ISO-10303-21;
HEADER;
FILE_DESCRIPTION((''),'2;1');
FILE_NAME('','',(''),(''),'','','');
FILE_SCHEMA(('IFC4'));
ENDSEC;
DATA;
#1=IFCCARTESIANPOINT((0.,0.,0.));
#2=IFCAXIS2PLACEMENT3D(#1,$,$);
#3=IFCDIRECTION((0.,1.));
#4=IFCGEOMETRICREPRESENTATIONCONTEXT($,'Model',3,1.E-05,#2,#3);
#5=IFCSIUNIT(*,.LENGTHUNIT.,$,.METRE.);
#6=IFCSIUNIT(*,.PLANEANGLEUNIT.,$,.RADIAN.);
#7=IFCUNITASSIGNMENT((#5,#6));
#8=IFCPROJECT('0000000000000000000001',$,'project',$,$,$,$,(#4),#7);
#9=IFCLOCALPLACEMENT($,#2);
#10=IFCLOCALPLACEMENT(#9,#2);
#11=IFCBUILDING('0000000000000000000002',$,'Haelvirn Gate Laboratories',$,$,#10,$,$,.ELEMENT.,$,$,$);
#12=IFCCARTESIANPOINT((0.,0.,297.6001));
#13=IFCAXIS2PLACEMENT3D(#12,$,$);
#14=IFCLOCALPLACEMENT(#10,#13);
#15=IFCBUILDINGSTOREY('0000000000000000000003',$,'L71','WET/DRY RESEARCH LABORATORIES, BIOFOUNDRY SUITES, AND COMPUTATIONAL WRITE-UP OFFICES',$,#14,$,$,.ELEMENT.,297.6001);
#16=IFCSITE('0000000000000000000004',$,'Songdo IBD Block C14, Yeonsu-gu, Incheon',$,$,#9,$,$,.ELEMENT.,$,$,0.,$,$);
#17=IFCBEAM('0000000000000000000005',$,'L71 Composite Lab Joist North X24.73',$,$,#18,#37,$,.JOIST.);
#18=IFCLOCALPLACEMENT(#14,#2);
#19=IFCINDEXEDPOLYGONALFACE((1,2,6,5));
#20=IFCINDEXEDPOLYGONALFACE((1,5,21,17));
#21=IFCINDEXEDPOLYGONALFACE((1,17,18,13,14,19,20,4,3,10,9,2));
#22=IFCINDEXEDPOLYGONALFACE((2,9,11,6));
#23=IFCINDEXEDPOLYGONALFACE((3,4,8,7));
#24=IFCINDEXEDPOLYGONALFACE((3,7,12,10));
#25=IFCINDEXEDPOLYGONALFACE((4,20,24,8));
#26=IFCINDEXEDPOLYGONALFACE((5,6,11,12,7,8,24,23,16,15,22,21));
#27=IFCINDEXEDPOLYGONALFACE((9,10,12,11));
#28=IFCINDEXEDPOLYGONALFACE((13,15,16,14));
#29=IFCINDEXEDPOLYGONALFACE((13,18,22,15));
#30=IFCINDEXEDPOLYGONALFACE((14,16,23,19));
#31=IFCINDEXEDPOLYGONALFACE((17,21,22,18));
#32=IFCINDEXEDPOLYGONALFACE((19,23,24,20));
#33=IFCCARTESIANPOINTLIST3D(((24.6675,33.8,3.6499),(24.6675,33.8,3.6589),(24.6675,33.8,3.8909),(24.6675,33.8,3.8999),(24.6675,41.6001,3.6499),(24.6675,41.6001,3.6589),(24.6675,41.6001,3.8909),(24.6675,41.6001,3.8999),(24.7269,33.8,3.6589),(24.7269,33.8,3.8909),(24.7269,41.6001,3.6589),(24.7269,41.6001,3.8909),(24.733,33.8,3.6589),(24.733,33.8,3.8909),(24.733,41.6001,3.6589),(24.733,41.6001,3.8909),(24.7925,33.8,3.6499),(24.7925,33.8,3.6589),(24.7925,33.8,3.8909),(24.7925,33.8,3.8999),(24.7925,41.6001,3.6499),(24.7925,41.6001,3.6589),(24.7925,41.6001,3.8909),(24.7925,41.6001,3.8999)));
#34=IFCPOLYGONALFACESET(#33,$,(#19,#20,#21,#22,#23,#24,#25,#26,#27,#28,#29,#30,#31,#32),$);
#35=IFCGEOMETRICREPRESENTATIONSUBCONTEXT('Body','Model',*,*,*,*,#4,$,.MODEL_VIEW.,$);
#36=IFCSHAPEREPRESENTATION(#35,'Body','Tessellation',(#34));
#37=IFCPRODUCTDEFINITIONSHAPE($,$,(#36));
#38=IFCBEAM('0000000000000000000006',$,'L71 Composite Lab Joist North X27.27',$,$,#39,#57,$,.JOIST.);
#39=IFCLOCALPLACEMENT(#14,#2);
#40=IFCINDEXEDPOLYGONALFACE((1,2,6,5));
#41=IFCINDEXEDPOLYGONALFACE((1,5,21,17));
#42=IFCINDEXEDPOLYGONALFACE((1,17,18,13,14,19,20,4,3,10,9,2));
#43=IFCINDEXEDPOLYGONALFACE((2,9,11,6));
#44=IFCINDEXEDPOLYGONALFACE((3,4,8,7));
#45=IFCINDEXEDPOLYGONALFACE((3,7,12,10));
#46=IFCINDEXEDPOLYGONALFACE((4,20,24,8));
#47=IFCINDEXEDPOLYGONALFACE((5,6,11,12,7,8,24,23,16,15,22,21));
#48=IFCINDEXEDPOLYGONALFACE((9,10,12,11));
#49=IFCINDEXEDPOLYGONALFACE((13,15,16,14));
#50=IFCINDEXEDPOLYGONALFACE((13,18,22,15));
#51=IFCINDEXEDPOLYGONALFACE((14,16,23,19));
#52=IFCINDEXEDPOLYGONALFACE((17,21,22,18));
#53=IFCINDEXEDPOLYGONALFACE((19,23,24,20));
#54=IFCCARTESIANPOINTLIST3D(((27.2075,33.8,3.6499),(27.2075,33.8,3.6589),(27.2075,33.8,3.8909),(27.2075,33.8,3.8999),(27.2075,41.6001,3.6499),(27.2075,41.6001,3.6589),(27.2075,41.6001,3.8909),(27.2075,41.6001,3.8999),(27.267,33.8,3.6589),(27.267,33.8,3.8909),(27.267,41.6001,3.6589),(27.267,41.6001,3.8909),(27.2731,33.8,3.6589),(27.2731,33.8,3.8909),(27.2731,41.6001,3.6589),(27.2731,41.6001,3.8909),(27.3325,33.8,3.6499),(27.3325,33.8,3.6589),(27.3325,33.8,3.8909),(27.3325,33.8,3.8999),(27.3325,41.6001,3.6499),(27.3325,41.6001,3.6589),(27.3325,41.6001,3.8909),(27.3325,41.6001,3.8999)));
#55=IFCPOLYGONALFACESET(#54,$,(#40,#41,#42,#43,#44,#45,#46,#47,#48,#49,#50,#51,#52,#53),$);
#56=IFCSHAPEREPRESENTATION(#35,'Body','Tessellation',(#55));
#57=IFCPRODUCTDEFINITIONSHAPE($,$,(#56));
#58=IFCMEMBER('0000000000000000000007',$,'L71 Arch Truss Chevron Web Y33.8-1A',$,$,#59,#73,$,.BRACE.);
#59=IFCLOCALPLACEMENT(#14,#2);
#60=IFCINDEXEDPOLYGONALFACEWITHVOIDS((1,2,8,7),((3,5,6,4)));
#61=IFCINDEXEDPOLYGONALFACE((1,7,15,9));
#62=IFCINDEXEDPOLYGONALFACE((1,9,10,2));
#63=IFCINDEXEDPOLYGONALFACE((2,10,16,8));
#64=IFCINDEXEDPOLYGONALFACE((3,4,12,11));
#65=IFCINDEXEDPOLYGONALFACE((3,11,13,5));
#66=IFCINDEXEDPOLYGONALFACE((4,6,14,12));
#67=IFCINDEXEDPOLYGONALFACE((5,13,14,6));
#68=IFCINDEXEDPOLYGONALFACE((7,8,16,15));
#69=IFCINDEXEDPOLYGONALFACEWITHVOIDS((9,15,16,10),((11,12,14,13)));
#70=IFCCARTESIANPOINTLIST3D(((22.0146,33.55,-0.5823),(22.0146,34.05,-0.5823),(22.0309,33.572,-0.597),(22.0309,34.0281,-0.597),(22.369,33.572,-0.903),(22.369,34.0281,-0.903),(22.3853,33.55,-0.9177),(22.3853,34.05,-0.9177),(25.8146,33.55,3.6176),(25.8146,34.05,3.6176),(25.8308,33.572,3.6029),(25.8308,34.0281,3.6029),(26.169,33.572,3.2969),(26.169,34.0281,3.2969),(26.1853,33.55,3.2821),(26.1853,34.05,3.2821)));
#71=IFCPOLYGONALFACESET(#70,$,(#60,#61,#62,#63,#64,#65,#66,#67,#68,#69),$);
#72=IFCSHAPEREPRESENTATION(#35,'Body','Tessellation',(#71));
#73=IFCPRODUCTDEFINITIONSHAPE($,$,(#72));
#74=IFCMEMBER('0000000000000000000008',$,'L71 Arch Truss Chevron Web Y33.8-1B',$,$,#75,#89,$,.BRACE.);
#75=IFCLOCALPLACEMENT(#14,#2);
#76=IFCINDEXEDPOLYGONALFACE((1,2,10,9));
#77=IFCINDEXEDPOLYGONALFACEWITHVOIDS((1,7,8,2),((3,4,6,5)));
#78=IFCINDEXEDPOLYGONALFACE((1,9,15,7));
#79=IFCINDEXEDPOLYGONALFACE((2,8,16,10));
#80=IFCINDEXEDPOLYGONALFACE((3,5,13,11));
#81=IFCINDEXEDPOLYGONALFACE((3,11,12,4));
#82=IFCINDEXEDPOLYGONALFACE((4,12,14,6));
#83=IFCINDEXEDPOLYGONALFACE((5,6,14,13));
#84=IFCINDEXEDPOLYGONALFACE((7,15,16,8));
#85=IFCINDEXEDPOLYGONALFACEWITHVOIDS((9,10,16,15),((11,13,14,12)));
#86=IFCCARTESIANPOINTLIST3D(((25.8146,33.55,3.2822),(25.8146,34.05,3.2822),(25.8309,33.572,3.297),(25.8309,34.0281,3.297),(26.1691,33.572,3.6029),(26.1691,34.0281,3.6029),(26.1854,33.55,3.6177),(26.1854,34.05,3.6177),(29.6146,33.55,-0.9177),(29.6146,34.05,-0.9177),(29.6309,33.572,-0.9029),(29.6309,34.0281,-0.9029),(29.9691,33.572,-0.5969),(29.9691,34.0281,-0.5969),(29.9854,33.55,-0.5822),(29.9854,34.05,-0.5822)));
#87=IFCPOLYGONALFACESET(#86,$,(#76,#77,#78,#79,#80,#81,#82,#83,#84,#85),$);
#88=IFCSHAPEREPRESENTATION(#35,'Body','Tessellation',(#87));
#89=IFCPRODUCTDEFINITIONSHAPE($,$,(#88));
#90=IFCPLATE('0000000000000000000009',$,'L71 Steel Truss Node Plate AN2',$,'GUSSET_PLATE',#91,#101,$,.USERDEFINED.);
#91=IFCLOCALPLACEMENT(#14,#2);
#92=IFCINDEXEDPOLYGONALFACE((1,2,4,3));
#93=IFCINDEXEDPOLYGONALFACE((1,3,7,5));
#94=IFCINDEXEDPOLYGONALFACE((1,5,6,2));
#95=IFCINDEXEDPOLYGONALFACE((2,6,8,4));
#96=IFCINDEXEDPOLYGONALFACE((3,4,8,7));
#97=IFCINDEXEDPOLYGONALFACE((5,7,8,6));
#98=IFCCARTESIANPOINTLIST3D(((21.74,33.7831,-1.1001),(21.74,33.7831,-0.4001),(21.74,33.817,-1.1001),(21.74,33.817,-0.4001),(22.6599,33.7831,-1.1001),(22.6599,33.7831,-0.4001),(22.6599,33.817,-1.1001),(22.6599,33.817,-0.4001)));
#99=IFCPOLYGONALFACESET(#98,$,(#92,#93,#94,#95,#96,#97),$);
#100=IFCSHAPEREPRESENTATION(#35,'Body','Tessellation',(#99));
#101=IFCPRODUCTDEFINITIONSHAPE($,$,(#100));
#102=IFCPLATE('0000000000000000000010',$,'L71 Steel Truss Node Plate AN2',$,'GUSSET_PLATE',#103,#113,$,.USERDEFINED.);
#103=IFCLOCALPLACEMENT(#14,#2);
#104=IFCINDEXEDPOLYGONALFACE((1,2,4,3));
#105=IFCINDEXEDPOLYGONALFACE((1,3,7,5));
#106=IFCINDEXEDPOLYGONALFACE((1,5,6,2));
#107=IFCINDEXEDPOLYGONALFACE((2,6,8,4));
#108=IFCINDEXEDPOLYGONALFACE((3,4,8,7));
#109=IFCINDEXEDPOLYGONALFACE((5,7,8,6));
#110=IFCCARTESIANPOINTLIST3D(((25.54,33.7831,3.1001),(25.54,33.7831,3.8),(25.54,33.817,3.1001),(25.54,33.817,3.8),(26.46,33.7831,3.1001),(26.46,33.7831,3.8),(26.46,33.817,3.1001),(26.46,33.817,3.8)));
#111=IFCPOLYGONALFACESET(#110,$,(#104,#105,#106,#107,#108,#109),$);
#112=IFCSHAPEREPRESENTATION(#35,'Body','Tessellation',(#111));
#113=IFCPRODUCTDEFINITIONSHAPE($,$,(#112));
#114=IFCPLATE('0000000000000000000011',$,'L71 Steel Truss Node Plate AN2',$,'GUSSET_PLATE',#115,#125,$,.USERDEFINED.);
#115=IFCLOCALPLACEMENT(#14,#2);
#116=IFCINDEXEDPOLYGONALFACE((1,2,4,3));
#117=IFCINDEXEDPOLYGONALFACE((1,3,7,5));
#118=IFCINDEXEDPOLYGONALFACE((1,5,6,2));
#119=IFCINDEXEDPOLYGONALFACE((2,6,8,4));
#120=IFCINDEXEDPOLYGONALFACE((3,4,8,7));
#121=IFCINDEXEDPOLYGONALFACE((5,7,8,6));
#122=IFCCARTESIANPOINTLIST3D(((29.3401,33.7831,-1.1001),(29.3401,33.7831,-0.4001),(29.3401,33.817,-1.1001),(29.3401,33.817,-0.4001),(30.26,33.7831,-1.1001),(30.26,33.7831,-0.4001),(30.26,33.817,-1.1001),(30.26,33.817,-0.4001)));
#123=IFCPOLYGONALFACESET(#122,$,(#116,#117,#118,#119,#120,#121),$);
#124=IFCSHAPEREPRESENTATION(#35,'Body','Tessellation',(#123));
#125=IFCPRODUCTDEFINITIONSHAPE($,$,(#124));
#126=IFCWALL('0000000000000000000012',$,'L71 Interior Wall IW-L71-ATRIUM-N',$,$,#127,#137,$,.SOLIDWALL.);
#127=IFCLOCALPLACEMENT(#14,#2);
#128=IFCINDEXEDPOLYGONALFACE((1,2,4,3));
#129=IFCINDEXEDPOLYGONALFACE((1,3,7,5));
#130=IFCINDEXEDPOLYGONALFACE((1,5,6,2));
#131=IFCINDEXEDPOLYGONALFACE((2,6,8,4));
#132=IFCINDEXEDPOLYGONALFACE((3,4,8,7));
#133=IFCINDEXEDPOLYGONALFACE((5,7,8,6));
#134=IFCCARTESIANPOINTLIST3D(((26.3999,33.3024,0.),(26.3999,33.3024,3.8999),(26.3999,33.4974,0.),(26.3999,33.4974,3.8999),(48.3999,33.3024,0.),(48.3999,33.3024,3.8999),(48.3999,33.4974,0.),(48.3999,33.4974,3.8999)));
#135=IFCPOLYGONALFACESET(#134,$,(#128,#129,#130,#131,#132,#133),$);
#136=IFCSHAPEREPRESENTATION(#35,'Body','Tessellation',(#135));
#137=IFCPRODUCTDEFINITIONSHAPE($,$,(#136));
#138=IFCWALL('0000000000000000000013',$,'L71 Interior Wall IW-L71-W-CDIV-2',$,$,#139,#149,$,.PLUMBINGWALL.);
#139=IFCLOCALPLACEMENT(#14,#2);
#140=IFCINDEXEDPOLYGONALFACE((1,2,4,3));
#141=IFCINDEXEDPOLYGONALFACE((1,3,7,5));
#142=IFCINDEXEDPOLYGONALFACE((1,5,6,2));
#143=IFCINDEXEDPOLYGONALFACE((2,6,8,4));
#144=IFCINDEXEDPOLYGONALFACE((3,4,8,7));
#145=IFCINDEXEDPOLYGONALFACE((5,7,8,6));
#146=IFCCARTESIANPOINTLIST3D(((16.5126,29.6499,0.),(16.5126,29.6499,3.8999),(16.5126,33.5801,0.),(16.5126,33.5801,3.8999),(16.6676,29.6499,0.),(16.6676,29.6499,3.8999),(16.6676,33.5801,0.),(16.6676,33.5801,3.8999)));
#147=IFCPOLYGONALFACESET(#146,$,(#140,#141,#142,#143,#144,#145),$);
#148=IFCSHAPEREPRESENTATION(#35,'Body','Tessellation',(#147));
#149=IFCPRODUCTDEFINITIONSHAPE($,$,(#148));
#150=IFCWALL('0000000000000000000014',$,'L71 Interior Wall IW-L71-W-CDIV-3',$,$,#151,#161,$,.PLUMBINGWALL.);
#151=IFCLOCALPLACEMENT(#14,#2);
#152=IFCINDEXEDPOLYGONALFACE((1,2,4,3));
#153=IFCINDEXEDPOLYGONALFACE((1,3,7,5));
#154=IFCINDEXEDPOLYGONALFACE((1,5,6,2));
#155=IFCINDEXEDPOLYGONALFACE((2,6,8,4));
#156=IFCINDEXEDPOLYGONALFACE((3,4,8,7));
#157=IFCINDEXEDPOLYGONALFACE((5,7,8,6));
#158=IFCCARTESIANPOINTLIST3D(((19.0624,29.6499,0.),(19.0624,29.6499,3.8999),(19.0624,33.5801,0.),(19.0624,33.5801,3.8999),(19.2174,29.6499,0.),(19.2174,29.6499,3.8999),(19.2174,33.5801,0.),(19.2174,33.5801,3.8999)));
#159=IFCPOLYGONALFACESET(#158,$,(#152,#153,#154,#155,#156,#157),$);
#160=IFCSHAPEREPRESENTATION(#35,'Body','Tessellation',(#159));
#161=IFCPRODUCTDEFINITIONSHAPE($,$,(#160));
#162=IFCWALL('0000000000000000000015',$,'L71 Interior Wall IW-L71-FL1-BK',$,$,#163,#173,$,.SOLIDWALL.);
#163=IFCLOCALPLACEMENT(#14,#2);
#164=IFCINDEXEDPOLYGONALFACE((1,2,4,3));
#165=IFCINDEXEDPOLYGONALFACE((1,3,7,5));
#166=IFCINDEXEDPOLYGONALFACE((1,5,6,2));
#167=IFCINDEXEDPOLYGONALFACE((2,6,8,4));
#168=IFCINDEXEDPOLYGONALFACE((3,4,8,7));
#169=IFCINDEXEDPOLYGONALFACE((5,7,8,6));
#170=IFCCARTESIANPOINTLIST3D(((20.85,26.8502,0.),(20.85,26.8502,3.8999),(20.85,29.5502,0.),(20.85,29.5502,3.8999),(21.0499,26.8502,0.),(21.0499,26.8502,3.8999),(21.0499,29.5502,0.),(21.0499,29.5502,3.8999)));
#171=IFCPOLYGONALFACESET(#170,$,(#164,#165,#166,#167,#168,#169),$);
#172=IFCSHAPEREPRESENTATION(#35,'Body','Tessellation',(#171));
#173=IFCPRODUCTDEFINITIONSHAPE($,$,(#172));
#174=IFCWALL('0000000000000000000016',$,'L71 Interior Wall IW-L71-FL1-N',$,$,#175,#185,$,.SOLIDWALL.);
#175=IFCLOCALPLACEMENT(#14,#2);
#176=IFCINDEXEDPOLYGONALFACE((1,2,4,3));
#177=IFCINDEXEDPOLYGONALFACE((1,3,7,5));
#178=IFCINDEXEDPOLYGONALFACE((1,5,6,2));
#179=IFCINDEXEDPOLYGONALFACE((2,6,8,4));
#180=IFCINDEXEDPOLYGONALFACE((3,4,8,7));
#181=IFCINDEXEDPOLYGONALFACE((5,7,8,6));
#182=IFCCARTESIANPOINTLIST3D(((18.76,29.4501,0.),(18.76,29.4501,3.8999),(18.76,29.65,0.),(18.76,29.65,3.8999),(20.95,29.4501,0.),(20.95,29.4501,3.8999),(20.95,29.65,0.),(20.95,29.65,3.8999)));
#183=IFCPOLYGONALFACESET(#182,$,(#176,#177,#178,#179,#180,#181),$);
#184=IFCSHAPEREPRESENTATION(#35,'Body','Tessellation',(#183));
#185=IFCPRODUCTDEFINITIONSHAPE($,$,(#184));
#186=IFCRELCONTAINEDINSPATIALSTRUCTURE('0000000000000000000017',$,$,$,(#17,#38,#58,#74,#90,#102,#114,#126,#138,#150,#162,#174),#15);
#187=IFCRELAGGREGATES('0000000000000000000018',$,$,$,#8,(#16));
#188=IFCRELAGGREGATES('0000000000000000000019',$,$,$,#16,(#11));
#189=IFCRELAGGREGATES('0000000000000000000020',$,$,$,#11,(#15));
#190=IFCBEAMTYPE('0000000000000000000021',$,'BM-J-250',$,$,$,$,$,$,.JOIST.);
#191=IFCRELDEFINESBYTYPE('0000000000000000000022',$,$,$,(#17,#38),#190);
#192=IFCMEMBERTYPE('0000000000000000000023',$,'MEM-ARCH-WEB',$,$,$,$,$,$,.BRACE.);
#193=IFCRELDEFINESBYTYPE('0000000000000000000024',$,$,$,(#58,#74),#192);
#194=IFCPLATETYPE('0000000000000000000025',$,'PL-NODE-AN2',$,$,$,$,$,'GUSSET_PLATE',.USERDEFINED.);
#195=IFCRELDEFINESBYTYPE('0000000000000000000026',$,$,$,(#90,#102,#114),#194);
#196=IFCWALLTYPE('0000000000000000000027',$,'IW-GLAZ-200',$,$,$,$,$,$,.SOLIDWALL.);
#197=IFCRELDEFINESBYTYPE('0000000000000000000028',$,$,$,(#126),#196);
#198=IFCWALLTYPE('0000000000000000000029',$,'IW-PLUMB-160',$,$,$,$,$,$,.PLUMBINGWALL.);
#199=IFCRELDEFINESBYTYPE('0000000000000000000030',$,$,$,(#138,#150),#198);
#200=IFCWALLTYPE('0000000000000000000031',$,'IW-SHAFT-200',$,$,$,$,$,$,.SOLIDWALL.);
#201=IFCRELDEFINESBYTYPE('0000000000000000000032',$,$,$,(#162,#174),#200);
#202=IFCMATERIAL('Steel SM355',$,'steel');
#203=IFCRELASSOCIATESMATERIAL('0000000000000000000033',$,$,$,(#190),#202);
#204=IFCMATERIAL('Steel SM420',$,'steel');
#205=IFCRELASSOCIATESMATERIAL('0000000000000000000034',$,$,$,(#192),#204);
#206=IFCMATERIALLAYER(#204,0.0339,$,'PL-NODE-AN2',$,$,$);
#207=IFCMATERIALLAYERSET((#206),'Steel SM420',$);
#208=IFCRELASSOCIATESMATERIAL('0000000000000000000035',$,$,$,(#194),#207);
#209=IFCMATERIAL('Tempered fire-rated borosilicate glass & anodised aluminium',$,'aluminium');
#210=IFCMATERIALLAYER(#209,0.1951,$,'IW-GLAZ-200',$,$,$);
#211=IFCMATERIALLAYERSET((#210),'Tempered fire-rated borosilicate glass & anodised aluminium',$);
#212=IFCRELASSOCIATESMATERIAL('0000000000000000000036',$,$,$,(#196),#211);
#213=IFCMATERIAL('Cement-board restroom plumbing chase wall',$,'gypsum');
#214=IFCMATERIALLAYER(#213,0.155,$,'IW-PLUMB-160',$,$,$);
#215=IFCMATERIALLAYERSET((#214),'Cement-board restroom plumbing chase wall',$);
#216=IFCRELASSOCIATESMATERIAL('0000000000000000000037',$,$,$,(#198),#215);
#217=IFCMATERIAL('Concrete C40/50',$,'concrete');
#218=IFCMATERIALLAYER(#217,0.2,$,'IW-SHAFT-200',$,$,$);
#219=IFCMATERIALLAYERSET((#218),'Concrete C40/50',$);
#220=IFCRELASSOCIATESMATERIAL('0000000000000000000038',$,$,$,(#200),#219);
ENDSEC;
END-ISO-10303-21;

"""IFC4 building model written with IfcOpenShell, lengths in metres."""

from ifc_helpers import new_model, si_unit, direction, frame, frame_2d, origin, origin_2d, place, context, subcontext, project, spatial, rectangle, hollow_rectangle, i_section, extrude, source, transform, mapped, material, layer, layer_set, material_profile, profile_set, type_object, type_shapes, element, save


model = new_model("IFC4")

# Units and contexts
model_context = context("Model", 3, precision=1e-05, world=origin(), true_north=direction((0.0, 1.0)))
body_context = subcontext(model_context, "Body", "Model", "MODEL_VIEW")
ifc_project = project(units=[si_unit("LENGTHUNIT", "METRE"), si_unit("PLANEANGLEUNIT", "RADIAN")], contexts=[model_context])

# Site, building, storey
site_placement = place(None, origin())
site = spatial("IfcSite", under=ifc_project, at=site_placement, Name="Songdo IBD Block C14, Yeonsu-gu, Incheon", CompositionType="ELEMENT", RefElevation=0.0)
building_placement = place(site_placement, origin())
building = spatial("IfcBuilding", under=site, at=building_placement, Name="Haelvirn Gate Laboratories", CompositionType="ELEMENT")
storey_placement = place(building_placement, frame((0.0, 0.0, 297.6001)))
storey = spatial("IfcBuildingStorey", under=building, at=storey_placement, Name="L71", Description="WET/DRY RESEARCH LABORATORIES, BIOFOUNDRY SUITES, AND COMPUTATIONAL WRITE-UP OFFICES", CompositionType="ELEMENT", Elevation=297.6001)

# Shared definitions
ifc_material_1 = material(Name="Steel SM355", Category="steel")

# Beams
ifc_material_2 = material(Name="Steel SM420", Category="steel")
ifc_material_profile_1 = material_profile(ifc_material_1, i_section(OverallWidth=0.125, OverallDepth=0.25, WebThickness=0.0061, FlangeThickness=0.009, at=origin_2d()), Name="H-250x125x6x9")
ifc_profile_set_1 = profile_set([ifc_material_profile_1], Name="Steel SM355")
beam_type_1 = type_object("IfcBeamType", Name="BM-J-250", PredefinedType="JOIST", material=ifc_profile_set_1)
shared_shape_1 = source(origin(), body_context, "Body", "SweptSolid", [
    extrude(i_section(OverallWidth=0.125, OverallDepth=0.25, WebThickness=0.0061, FlangeThickness=0.009, at=origin_2d()), origin(), (0.0, 0.0, 1.0), 7.8),
])
type_shapes(beam_type_1, [shared_shape_1])
for number, where, z_axis, x_axis, name in (
    (1, (24.73, 33.8, 3.7749), (0.0, 1.0, 0.0), (-1.0, 0.0, 0.0), "L71 Composite Lab Joist North X24.73"),
    (2, (27.27, 33.8, 3.7749), (0.0, 1.0, 0.0), (-1.0, 0.0, 0.0), "L71 Composite Lab Joist North X27.27"),
):
    element("IfcBeam", number, at=place(storey_placement, frame(where, z_axis=z_axis, x_axis=x_axis)), inside=storey, type_object=beam_type_1, Name=name, PredefinedType="JOIST", context=body_context, shape_type="MappedRepresentation", body=[
        mapped(shared_shape_1, transform((0.0, 0.0, 0.0), scale=1.0)),
    ])

# Members
ifc_material_profile_2 = material_profile(ifc_material_2, hollow_rectangle(XDim=0.5, YDim=0.5, WallThickness=0.022, at=origin_2d()), Name="BOX-500x500x22")
ifc_profile_set_2 = profile_set([ifc_material_profile_2], Name="Steel SM420")
member_type = type_object("IfcMemberType", Name="MEM-ARCH-WEB", PredefinedType="BRACE", material=ifc_profile_set_2)
shared_shape_2 = source(origin(), body_context, "Body", "SweptSolid", [
    extrude(hollow_rectangle(XDim=0.5, YDim=0.5, WallThickness=0.022, at=origin_2d()), origin(), (0.0, 0.0, 1.0), 5.6638),
])
type_shapes(member_type, [shared_shape_2])
for number, where, z_axis, x_axis, name in (
    (3, (22.2, 33.8, -0.75), (0.670922, 0.0, 0.741528), (0.0, 1.0, 0.0), "L71 Arch Truss Chevron Web Y33.8-1A"),
    (4, (26.0, 33.8, 3.45), (0.670922, 0.0, -0.741528), (0.0, 1.0, 0.0), "L71 Arch Truss Chevron Web Y33.8-1B"),
):
    element("IfcMember", number, at=place(storey_placement, frame(where, z_axis=z_axis, x_axis=x_axis)), inside=storey, type_object=member_type, Name=name, PredefinedType="BRACE", context=body_context, shape_type="MappedRepresentation", body=[
        mapped(shared_shape_2, transform((0.0, 0.0, 0.0), scale=1.0)),
    ])

# Plates
ifc_layer_1 = layer(ifc_material_2, 0.0339, Name="PL-NODE-AN2")
ifc_layer_set_1 = layer_set([ifc_layer_1], Name="Steel SM420")
plate_type = type_object("IfcPlateType", Name="PL-NODE-AN2", ElementType="GUSSET_PLATE", PredefinedType="USERDEFINED", material=ifc_layer_set_1)
shared_shape_3 = source(origin(), body_context, "Body", "SweptSolid", [
    extrude(rectangle(XDim=0.9199, YDim=0.0339, at=origin_2d()), origin(), (0.0, 0.0, 1.0), 0.7),
])
type_shapes(plate_type, [shared_shape_3])
for number, where, z_axis, x_axis, name in (
    (5, (22.2, 33.8, -1.1001), (0.0, 0.0, 1.0), (1.0, 0.0, 0.0), "L71 Steel Truss Node Plate AN2"),
    (6, (26.0, 33.8, 3.1001), (0.0, 0.0, 1.0), (1.0, 0.0, 0.0), "L71 Steel Truss Node Plate AN2"),
    (7, (29.8, 33.8, -1.1001), (0.0, 0.0, 1.0), (1.0, 0.0, 0.0), "L71 Steel Truss Node Plate AN2"),
):
    element("IfcPlate", number, at=place(storey_placement, frame(where, z_axis=z_axis, x_axis=x_axis)), inside=storey, type_object=plate_type, Name=name, ObjectType="GUSSET_PLATE", PredefinedType="USERDEFINED", context=body_context, shape_type="MappedRepresentation", body=[
        mapped(shared_shape_3, transform((0.0, 0.0, 0.0), scale=1.0)),
    ])

# Walls
ifc_material_3 = material(Name="Tempered fire-rated borosilicate glass & anodised aluminium", Category="aluminium")
ifc_layer_2 = layer(ifc_material_3, 0.1951, Name="IW-GLAZ-200")
ifc_layer_set_2 = layer_set([ifc_layer_2], Name="Tempered fire-rated borosilicate glass & anodised aluminium")
wall_type_1 = type_object("IfcWallType", Name="IW-GLAZ-200", PredefinedType="SOLIDWALL", material=ifc_layer_set_2)
wall_1_placement = place(storey_placement, frame((26.3999, 33.3999, 0.0), z_axis=(0.0, 0.0, 1.0), x_axis=(1.0, 0.0, 0.0)))
element("IfcWall", 8, at=wall_1_placement, inside=storey, type_object=wall_type_1, Name="L71 Interior Wall IW-L71-ATRIUM-N", PredefinedType="SOLIDWALL", context=body_context, shape_type="SweptSolid", body=[
    extrude(rectangle(XDim=22.0, YDim=0.1951, at=frame_2d((11.0, 0.0))), origin(), (0.0, 0.0, 1.0), 3.8999),
])
ifc_material_4 = material(Name="Cement-board restroom plumbing chase wall", Category="gypsum")
ifc_layer_3 = layer(ifc_material_4, 0.155, Name="IW-PLUMB-160")
ifc_layer_set_3 = layer_set([ifc_layer_3], Name="Cement-board restroom plumbing chase wall")
wall_type_2 = type_object("IfcWallType", Name="IW-PLUMB-160", PredefinedType="PLUMBINGWALL", material=ifc_layer_set_3)
for number, where, z_axis, x_axis, name in (
    (9, (16.5901, 29.6499, 0.0), (0.0, 0.0, 1.0), (0.0, 1.0, 0.0), "L71 Interior Wall IW-L71-W-CDIV-2"),
    (10, (19.1399, 29.6499, 0.0), (0.0, 0.0, 1.0), (0.0, 1.0, 0.0), "L71 Interior Wall IW-L71-W-CDIV-3"),
):
    element("IfcWall", number, at=place(storey_placement, frame(where, z_axis=z_axis, x_axis=x_axis)), inside=storey, type_object=wall_type_2, Name=name, PredefinedType="PLUMBINGWALL", context=body_context, shape_type="SweptSolid", body=[
        extrude(rectangle(XDim=3.9302, YDim=0.155, at=frame_2d((1.9651, 0.0))), origin(), (0.0, 0.0, 1.0), 3.8999),
    ])
ifc_material_5 = material(Name="Concrete C40/50", Category="concrete")
ifc_layer_4 = layer(ifc_material_5, 0.2, Name="IW-SHAFT-200")
ifc_layer_set_4 = layer_set([ifc_layer_4], Name="Concrete C40/50")
wall_type_3 = type_object("IfcWallType", Name="IW-SHAFT-200", PredefinedType="SOLIDWALL", material=ifc_layer_set_4)
wall_2_placement = place(storey_placement, frame((20.95, 26.8501, 0.0), z_axis=(0.0, 0.0, 1.0), x_axis=(0.0, 1.0, 0.0)))
element("IfcWall", 11, at=wall_2_placement, inside=storey, type_object=wall_type_3, Name="L71 Interior Wall IW-L71-FL1-BK", PredefinedType="SOLIDWALL", context=body_context, shape_type="SweptSolid", body=[
    extrude(rectangle(XDim=2.7, YDim=0.2, at=frame_2d((1.3501, 0.0))), origin(), (0.0, 0.0, 1.0), 3.8999),
])
wall_3_placement = place(storey_placement, frame((18.76, 29.55, 0.0), z_axis=(0.0, 0.0, 1.0), x_axis=(1.0, 0.0, 0.0)))
element("IfcWall", 12, at=wall_3_placement, inside=storey, type_object=wall_type_3, Name="L71 Interior Wall IW-L71-FL1-N", PredefinedType="SOLIDWALL", context=body_context, shape_type="SweptSolid", body=[
    extrude(rectangle(XDim=2.1899, YDim=0.2, at=frame_2d((1.095, 0.0))), origin(), (0.0, 0.0, 1.0), 3.8999),
])

save(model, "model.ifc")
